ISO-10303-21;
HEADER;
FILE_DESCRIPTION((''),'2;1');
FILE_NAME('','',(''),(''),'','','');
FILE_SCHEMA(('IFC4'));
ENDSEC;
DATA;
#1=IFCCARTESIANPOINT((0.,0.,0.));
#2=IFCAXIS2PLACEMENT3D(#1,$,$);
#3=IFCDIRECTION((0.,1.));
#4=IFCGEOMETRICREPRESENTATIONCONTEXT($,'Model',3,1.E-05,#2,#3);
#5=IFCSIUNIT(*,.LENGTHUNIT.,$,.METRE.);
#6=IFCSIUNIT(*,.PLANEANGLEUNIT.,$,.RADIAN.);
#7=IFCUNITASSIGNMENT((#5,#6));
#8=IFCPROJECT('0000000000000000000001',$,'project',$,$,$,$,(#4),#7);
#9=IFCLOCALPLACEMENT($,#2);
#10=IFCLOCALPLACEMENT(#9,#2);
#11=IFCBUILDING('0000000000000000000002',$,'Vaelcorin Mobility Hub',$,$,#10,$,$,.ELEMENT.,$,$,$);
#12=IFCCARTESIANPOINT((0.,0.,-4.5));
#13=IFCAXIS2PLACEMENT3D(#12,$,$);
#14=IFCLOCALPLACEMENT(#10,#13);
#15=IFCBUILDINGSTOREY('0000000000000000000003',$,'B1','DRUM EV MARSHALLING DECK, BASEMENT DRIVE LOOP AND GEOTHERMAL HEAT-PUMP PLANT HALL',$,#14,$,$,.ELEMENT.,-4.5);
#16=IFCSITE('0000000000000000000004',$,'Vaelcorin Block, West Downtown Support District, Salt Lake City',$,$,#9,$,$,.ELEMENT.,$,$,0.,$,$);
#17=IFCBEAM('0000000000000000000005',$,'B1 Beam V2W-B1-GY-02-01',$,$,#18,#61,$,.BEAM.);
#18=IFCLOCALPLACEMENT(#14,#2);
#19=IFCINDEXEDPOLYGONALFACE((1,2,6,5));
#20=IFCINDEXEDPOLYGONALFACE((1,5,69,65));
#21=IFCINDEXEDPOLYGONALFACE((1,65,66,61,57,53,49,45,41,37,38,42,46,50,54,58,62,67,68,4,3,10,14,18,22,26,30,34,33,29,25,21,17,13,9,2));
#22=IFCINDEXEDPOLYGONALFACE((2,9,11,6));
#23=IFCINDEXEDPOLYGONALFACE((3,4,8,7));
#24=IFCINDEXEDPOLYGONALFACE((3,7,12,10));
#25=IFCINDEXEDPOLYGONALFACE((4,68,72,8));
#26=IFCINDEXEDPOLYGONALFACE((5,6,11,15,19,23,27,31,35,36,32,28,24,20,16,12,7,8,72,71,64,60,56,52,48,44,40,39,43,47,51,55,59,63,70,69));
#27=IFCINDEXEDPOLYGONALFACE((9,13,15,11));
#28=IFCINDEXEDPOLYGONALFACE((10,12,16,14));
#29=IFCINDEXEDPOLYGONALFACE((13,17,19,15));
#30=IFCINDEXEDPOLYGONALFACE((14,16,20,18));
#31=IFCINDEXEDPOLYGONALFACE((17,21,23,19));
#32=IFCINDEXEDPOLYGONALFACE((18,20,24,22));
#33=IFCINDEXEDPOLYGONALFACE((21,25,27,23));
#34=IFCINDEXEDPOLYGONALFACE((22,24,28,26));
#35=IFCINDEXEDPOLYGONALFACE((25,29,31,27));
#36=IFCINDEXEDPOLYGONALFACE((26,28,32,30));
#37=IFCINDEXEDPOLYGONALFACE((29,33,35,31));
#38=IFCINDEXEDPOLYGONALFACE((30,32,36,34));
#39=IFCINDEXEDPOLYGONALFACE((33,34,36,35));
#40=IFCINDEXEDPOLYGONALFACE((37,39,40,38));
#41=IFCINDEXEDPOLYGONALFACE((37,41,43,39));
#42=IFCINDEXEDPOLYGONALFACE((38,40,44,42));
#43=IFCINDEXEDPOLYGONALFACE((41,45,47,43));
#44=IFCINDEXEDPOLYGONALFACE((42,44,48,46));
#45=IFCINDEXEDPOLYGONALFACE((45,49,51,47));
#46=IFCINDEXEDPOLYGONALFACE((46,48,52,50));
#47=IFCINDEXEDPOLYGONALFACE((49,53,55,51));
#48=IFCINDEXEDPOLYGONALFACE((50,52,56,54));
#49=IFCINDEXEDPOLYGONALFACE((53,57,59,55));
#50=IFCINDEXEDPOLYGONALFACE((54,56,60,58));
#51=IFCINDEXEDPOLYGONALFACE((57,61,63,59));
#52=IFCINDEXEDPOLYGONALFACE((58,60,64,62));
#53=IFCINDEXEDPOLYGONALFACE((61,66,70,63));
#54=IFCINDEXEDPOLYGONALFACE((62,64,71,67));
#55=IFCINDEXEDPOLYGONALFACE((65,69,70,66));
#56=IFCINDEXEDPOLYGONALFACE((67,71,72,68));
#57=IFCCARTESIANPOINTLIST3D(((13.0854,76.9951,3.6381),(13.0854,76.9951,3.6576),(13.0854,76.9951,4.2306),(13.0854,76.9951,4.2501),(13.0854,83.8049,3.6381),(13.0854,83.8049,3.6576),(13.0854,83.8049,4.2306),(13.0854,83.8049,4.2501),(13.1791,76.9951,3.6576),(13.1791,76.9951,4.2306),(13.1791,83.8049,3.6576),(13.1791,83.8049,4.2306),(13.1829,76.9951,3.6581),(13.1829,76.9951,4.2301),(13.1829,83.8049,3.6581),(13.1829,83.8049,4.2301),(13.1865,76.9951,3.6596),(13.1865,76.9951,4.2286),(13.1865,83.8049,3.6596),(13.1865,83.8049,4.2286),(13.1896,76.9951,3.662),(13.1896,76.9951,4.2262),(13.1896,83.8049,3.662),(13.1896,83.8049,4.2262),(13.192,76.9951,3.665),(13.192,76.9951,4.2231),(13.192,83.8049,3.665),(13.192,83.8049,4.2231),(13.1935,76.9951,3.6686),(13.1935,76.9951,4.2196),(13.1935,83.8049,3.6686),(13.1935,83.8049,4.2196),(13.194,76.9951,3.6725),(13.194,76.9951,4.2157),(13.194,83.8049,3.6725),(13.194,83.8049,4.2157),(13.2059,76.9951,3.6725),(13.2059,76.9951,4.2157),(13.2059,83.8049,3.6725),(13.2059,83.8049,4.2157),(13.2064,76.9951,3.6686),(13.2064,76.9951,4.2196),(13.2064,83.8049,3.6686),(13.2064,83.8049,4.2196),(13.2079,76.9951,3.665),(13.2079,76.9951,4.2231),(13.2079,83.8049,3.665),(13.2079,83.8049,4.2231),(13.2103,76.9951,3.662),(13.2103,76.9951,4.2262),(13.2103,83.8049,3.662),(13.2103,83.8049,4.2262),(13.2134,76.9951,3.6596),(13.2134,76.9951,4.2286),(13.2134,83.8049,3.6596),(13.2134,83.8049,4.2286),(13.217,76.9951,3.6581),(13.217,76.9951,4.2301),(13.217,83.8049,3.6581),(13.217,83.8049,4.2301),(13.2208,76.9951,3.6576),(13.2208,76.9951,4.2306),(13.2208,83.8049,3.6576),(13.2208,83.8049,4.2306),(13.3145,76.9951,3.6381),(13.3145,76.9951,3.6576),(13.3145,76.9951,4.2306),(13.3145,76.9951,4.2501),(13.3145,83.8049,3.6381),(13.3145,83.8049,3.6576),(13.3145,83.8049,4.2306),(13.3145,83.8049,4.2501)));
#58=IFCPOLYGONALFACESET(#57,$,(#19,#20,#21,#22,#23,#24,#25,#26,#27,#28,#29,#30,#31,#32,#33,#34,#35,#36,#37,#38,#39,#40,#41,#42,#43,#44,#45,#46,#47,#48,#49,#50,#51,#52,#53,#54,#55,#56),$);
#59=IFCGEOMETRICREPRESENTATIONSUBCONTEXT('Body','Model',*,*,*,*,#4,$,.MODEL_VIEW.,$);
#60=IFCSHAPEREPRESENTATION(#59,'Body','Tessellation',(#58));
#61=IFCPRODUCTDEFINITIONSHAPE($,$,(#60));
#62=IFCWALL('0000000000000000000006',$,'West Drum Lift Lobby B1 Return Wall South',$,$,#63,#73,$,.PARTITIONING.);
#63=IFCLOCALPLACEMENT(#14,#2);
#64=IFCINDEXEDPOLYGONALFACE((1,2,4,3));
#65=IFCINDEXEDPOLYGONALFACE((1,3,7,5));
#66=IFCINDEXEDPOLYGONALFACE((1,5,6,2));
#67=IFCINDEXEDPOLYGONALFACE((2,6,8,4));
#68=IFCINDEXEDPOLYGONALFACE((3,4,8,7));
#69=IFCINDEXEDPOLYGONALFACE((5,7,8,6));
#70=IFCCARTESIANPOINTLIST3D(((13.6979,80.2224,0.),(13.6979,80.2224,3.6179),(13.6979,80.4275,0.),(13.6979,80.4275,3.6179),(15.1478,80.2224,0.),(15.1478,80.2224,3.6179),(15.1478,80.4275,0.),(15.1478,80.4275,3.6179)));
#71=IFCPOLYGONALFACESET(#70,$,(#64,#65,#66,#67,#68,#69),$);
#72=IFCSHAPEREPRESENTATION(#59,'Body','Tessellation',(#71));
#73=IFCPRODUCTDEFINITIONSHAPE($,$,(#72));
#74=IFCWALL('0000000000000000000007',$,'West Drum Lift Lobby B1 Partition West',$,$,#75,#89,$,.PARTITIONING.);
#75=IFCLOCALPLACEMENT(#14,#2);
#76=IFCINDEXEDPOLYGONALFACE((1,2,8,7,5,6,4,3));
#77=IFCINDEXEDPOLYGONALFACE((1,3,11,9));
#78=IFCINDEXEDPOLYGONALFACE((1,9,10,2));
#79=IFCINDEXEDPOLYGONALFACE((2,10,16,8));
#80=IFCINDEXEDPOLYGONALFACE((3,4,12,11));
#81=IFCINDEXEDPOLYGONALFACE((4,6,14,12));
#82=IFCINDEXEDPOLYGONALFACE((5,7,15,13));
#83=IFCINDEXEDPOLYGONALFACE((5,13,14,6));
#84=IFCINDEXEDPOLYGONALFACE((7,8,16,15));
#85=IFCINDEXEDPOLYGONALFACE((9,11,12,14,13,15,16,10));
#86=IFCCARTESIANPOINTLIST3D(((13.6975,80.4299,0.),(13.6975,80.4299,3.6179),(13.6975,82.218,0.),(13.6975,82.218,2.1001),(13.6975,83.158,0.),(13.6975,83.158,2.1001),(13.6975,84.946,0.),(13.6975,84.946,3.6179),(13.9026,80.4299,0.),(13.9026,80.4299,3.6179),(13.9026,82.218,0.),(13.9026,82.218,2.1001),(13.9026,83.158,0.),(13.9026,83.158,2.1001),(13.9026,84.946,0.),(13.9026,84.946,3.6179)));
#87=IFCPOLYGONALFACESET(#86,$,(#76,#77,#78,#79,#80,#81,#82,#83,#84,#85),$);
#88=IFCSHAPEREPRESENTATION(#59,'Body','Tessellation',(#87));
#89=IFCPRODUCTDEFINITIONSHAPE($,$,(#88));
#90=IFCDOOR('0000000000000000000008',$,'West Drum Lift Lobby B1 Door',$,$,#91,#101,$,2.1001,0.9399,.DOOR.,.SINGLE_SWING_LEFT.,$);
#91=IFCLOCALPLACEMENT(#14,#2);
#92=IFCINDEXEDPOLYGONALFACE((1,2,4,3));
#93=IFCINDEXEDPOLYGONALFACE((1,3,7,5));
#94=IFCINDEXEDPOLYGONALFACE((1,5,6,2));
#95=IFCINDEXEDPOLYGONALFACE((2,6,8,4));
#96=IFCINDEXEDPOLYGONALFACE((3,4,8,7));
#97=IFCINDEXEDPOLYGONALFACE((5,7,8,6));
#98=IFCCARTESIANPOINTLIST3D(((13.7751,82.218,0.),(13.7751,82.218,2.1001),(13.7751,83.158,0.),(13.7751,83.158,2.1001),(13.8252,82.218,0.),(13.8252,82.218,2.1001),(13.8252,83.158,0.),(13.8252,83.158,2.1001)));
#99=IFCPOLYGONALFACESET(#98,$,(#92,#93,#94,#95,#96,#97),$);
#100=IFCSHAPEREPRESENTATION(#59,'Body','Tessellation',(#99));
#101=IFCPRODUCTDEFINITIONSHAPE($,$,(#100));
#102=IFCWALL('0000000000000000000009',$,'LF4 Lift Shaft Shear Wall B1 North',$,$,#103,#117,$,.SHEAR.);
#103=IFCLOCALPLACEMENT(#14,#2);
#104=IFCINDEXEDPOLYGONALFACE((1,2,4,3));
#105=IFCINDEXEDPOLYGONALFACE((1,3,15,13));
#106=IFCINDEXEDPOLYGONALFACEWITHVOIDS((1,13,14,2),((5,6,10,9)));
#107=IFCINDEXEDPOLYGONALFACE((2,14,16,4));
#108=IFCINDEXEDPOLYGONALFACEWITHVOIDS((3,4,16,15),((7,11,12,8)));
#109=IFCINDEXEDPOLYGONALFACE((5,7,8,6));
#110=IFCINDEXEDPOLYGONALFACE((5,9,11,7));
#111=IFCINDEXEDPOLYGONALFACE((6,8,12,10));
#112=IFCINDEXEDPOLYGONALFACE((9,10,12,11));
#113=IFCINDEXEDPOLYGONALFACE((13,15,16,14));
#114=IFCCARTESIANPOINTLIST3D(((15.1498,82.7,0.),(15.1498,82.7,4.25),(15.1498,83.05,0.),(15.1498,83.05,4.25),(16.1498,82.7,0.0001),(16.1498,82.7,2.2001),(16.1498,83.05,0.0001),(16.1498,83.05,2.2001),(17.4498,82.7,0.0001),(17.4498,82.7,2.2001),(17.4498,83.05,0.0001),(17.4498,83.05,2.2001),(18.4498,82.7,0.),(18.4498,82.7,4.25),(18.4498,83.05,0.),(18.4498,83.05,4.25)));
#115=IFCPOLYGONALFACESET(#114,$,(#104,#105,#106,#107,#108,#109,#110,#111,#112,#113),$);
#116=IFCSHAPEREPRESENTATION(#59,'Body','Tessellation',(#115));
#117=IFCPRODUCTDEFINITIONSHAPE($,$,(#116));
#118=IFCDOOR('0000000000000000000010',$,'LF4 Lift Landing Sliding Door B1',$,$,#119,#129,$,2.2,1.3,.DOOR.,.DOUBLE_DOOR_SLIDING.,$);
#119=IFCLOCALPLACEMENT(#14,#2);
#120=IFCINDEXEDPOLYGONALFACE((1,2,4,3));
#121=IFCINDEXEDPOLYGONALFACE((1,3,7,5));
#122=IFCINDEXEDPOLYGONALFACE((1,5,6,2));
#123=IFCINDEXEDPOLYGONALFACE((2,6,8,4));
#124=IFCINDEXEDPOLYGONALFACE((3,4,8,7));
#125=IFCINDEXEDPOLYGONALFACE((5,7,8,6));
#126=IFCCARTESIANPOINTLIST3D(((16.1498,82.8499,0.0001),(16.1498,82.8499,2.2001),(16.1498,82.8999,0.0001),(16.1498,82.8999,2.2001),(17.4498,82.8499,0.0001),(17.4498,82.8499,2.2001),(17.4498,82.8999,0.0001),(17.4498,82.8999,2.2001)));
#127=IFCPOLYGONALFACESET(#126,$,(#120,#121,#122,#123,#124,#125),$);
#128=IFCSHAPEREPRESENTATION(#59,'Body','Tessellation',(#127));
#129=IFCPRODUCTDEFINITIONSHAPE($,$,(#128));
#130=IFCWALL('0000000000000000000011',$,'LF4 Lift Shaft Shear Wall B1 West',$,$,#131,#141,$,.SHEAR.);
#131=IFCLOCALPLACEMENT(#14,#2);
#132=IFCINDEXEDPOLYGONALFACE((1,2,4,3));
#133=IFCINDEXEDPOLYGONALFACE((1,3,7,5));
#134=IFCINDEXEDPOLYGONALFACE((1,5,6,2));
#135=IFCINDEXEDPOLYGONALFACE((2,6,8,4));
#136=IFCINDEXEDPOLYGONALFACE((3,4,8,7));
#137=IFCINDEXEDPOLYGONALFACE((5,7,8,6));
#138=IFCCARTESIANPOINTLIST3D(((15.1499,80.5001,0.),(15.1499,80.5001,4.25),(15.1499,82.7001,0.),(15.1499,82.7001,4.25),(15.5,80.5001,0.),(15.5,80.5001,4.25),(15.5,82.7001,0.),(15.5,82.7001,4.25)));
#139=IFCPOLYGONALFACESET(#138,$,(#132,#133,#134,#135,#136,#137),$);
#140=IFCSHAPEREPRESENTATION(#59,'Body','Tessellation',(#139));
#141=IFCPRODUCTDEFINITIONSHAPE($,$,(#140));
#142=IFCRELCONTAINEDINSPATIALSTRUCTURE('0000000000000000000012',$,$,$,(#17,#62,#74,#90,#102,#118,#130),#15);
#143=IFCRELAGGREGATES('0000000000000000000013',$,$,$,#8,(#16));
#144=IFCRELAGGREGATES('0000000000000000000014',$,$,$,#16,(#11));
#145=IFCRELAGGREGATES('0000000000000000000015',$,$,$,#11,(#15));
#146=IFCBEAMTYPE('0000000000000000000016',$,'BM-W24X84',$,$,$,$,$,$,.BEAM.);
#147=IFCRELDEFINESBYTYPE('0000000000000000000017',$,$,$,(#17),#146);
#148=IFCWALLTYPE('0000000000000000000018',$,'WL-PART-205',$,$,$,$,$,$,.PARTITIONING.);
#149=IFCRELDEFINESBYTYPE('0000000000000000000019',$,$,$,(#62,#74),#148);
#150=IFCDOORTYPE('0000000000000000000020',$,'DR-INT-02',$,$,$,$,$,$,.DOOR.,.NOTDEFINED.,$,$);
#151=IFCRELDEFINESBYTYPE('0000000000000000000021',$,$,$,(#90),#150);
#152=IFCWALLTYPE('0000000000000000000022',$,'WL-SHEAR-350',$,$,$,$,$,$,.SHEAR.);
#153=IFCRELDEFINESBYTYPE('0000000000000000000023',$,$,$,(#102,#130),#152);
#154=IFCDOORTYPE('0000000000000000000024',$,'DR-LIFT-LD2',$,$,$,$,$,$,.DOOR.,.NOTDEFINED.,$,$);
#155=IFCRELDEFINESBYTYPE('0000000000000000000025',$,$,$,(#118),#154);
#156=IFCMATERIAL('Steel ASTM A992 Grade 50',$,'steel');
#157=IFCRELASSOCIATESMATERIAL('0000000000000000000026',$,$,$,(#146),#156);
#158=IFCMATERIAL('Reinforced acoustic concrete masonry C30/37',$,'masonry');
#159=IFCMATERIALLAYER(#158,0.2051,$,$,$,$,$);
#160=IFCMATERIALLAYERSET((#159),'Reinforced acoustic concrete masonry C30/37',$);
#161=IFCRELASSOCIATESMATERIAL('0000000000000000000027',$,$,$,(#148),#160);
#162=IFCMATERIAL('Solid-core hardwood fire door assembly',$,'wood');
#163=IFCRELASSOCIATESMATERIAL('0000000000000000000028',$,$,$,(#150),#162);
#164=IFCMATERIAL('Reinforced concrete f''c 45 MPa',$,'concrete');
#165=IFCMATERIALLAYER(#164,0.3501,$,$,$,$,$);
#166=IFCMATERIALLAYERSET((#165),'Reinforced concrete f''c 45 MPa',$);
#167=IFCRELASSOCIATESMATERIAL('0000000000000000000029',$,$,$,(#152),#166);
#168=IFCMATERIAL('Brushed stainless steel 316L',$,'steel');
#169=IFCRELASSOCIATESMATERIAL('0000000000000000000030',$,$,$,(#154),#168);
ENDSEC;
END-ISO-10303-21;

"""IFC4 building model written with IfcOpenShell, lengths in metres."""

from ifc_helpers import new_model, si_unit, direction, frame, frame_2d, origin, origin_2d, place, context, subcontext, project, spatial, rectangle, i_section, extrude, material, layer, layer_set, material_profile, profile_set, type_object, element, fill, save


model = new_model("IFC4")

# Units and contexts
model_context = context("Model", 3, precision=1e-05, world=origin(), true_north=direction((0.0, 1.0)))
body_context = subcontext(model_context, "Body", "Model", "MODEL_VIEW")
ifc_project = project(units=[si_unit("LENGTHUNIT", "METRE"), si_unit("PLANEANGLEUNIT", "RADIAN")], contexts=[model_context])

# Site, building, storey
site_placement = place(None, origin())
site = spatial("IfcSite", under=ifc_project, at=site_placement, Name="Vaelcorin Block, West Downtown Support District, Salt Lake City", CompositionType="ELEMENT", RefElevation=0.0)
building_placement = place(site_placement, origin())
building = spatial("IfcBuilding", under=site, at=building_placement, Name="Vaelcorin Mobility Hub", CompositionType="ELEMENT")
storey_placement = place(building_placement, frame((0.0, 0.0, -4.5)))
storey = spatial("IfcBuildingStorey", under=building, at=storey_placement, Name="B1", Description="DRUM EV MARSHALLING DECK, BASEMENT DRIVE LOOP AND GEOTHERMAL HEAT-PUMP PLANT HALL", CompositionType="ELEMENT", Elevation=-4.5)

# Shared definitions
ifc_material_1 = material(Name="Steel ASTM A992 Grade 50", Category="steel")

# Beam
ifc_material_profile_1 = material_profile(ifc_material_1, i_section(OverallWidth=0.229, OverallDepth=0.6121, WebThickness=0.012, FlangeThickness=0.0195, FilletRadius=0.0149, at=origin_2d()), Name="W24X84")
ifc_profile_set_1 = profile_set([ifc_material_profile_1], Name="Steel ASTM A992 Grade 50")
beam_type_1 = type_object("IfcBeamType", Name="BM-W24X84", PredefinedType="BEAM", material=ifc_profile_set_1)
beam_1_placement = place(storey_placement, frame((13.2, 76.9951, 3.9441), z_axis=(0.0, 1.0, 0.0), x_axis=(-1.0, 0.0, 0.0)))
element("IfcBeam", 1, at=beam_1_placement, inside=storey, type_object=beam_type_1, Name="B1 Beam V2W-B1-GY-02-01", PredefinedType="BEAM", context=body_context, shape_type="SweptSolid", body=[
    extrude(i_section(OverallWidth=0.229, OverallDepth=0.6121, WebThickness=0.012, FlangeThickness=0.0195, FilletRadius=0.0149, at=origin_2d()), origin(), (0.0, 0.0, 1.0), 6.8098),
])

# Wall
ifc_material_2 = material(Name="Reinforced acoustic concrete masonry C30/37", Category="masonry")
ifc_layer_1 = layer(ifc_material_2, 0.2051)
ifc_layer_set_1 = layer_set([ifc_layer_1], Name="Reinforced acoustic concrete masonry C30/37")
wall_type_1 = type_object("IfcWallType", Name="WL-PART-205", PredefinedType="PARTITIONING", material=ifc_layer_set_1)
wall_1_placement = place(storey_placement, frame((15.1479, 80.325, 0.0), z_axis=(0.0, 0.0, 1.0), x_axis=(-1.0, 0.0, 0.0)))
element("IfcWall", 2, at=wall_1_placement, inside=storey, type_object=wall_type_1, Name="West Drum Lift Lobby B1 Return Wall South", PredefinedType="PARTITIONING", context=body_context, shape_type="SweptSolid", body=[
    extrude(rectangle(XDim=1.45, YDim=0.2051, at=frame_2d((0.7251, 0.0))), origin(), (0.0, 0.0, 1.0), 3.6179),
])

# Walls, openings, doors
wall_2_placement = place(storey_placement, frame((13.8, 80.4299, 0.0), z_axis=(0.0, 0.0, 1.0), x_axis=(0.0, 1.0, 0.0)))
wall_2 = element("IfcWall", 3, at=wall_2_placement, inside=storey, type_object=wall_type_1, Name="West Drum Lift Lobby B1 Partition West", PredefinedType="PARTITIONING", context=body_context, shape_type="SweptSolid", body=[
    extrude(rectangle(XDim=4.5161, YDim=0.2051, at=frame_2d((2.2581, 0.0))), origin(), (0.0, 0.0, 1.0), 3.6179),
])
opening_1_placement = place(wall_2_placement, frame((1.7881, 0.0, 0.0)))
opening_1 = element("IfcOpeningElement", 4, at=opening_1_placement, cuts=wall_2, PredefinedType="OPENING", context=body_context, shape_type="SweptSolid", body=[
    extrude(rectangle(XDim=0.9399, YDim=2.1001, at=frame_2d((0.47, 1.05))), frame((0.0, 0.1125, 0.0), z_axis=(0.0, -1.0, 0.0), x_axis=(1.0, 0.0, 0.0)), (0.0, 0.0, 1.0), 0.2251),
])
ifc_material_3 = material(Name="Solid-core hardwood fire door assembly", Category="wood")
door_type_1 = type_object("IfcDoorType", Name="DR-INT-02", OperationType="NOTDEFINED", PredefinedType="DOOR", material=ifc_material_3)
door_1_placement = place(opening_1_placement, origin())
door_1 = element("IfcDoor", 5, at=door_1_placement, inside=storey, type_object=door_type_1, Name="West Drum Lift Lobby B1 Door", OperationType="SINGLE_SWING_LEFT", OverallHeight=2.1001, OverallWidth=0.9399, PredefinedType="DOOR", context=body_context, shape_type="SweptSolid", body=[
    extrude(rectangle(XDim=0.9399, YDim=2.1001, at=frame_2d((0.47, 1.05))), frame((0.0, 0.0249, 0.0), z_axis=(0.0, -1.0, 0.0), x_axis=(1.0, 0.0, 0.0)), (0.0, 0.0, 1.0), 0.05),
])
fill(opening_1, door_1)
ifc_material_4 = material(Name="Reinforced concrete f'c 45 MPa", Category="concrete")
ifc_layer_2 = layer(ifc_material_4, 0.3501)
ifc_layer_set_2 = layer_set([ifc_layer_2], Name="Reinforced concrete f'c 45 MPa")
wall_type_2 = type_object("IfcWallType", Name="WL-SHEAR-350", PredefinedType="SHEAR", material=ifc_layer_set_2)
wall_3_placement = place(storey_placement, frame((15.1499, 82.875, 0.0), z_axis=(0.0, 0.0, 1.0), x_axis=(1.0, 0.0, 0.0)))
wall_3 = element("IfcWall", 6, at=wall_3_placement, inside=storey, type_object=wall_type_2, Name="LF4 Lift Shaft Shear Wall B1 North", PredefinedType="SHEAR", context=body_context, shape_type="SweptSolid", body=[
    extrude(rectangle(XDim=3.3, YDim=0.3501, at=frame_2d((1.6499, 0.0))), origin(), (0.0, 0.0, 1.0), 4.25),
])
opening_2_placement = place(wall_3_placement, frame((1.0, 0.0, 0.0)))
opening_2 = element("IfcOpeningElement", 7, at=opening_2_placement, cuts=wall_3, PredefinedType="OPENING", context=body_context, shape_type="SweptSolid", body=[
    extrude(rectangle(XDim=1.3, YDim=2.2, at=frame_2d((0.6499, 1.1001))), frame((0.0, 0.1851, 0.0), z_axis=(0.0, -1.0, 0.0), x_axis=(1.0, 0.0, 0.0)), (0.0, 0.0, 1.0), 0.3701),
])
ifc_material_5 = material(Name="Brushed stainless steel 316L", Category="steel")
door_type_2 = type_object("IfcDoorType", Name="DR-LIFT-LD2", OperationType="NOTDEFINED", PredefinedType="DOOR", material=ifc_material_5)
door_2_placement = place(opening_2_placement, origin())
door_2 = element("IfcDoor", 8, at=door_2_placement, inside=storey, type_object=door_type_2, Name="LF4 Lift Landing Sliding Door B1", OperationType="DOUBLE_DOOR_SLIDING", OverallHeight=2.2, OverallWidth=1.3, PredefinedType="DOOR", context=body_context, shape_type="SweptSolid", body=[
    extrude(rectangle(XDim=1.3, YDim=2.2, at=frame_2d((0.6499, 1.1001))), frame((0.0, 0.0249, 0.0), z_axis=(0.0, -1.0, 0.0), x_axis=(1.0, 0.0, 0.0)), (0.0, 0.0, 1.0), 0.05),
])
fill(opening_2, door_2)

# Wall
wall_4_placement = place(storey_placement, frame((15.325, 80.5, 0.0), z_axis=(0.0, 0.0, 1.0), x_axis=(0.0, 1.0, 0.0)))
element("IfcWall", 9, at=wall_4_placement, inside=storey, type_object=wall_type_2, Name="LF4 Lift Shaft Shear Wall B1 West", PredefinedType="SHEAR", context=body_context, shape_type="SweptSolid", body=[
    extrude(rectangle(XDim=2.2, YDim=0.3501, at=frame_2d((1.1001, 0.0))), origin(), (0.0, 0.0, 1.0), 4.25),
])

save(model, "model.ifc")
